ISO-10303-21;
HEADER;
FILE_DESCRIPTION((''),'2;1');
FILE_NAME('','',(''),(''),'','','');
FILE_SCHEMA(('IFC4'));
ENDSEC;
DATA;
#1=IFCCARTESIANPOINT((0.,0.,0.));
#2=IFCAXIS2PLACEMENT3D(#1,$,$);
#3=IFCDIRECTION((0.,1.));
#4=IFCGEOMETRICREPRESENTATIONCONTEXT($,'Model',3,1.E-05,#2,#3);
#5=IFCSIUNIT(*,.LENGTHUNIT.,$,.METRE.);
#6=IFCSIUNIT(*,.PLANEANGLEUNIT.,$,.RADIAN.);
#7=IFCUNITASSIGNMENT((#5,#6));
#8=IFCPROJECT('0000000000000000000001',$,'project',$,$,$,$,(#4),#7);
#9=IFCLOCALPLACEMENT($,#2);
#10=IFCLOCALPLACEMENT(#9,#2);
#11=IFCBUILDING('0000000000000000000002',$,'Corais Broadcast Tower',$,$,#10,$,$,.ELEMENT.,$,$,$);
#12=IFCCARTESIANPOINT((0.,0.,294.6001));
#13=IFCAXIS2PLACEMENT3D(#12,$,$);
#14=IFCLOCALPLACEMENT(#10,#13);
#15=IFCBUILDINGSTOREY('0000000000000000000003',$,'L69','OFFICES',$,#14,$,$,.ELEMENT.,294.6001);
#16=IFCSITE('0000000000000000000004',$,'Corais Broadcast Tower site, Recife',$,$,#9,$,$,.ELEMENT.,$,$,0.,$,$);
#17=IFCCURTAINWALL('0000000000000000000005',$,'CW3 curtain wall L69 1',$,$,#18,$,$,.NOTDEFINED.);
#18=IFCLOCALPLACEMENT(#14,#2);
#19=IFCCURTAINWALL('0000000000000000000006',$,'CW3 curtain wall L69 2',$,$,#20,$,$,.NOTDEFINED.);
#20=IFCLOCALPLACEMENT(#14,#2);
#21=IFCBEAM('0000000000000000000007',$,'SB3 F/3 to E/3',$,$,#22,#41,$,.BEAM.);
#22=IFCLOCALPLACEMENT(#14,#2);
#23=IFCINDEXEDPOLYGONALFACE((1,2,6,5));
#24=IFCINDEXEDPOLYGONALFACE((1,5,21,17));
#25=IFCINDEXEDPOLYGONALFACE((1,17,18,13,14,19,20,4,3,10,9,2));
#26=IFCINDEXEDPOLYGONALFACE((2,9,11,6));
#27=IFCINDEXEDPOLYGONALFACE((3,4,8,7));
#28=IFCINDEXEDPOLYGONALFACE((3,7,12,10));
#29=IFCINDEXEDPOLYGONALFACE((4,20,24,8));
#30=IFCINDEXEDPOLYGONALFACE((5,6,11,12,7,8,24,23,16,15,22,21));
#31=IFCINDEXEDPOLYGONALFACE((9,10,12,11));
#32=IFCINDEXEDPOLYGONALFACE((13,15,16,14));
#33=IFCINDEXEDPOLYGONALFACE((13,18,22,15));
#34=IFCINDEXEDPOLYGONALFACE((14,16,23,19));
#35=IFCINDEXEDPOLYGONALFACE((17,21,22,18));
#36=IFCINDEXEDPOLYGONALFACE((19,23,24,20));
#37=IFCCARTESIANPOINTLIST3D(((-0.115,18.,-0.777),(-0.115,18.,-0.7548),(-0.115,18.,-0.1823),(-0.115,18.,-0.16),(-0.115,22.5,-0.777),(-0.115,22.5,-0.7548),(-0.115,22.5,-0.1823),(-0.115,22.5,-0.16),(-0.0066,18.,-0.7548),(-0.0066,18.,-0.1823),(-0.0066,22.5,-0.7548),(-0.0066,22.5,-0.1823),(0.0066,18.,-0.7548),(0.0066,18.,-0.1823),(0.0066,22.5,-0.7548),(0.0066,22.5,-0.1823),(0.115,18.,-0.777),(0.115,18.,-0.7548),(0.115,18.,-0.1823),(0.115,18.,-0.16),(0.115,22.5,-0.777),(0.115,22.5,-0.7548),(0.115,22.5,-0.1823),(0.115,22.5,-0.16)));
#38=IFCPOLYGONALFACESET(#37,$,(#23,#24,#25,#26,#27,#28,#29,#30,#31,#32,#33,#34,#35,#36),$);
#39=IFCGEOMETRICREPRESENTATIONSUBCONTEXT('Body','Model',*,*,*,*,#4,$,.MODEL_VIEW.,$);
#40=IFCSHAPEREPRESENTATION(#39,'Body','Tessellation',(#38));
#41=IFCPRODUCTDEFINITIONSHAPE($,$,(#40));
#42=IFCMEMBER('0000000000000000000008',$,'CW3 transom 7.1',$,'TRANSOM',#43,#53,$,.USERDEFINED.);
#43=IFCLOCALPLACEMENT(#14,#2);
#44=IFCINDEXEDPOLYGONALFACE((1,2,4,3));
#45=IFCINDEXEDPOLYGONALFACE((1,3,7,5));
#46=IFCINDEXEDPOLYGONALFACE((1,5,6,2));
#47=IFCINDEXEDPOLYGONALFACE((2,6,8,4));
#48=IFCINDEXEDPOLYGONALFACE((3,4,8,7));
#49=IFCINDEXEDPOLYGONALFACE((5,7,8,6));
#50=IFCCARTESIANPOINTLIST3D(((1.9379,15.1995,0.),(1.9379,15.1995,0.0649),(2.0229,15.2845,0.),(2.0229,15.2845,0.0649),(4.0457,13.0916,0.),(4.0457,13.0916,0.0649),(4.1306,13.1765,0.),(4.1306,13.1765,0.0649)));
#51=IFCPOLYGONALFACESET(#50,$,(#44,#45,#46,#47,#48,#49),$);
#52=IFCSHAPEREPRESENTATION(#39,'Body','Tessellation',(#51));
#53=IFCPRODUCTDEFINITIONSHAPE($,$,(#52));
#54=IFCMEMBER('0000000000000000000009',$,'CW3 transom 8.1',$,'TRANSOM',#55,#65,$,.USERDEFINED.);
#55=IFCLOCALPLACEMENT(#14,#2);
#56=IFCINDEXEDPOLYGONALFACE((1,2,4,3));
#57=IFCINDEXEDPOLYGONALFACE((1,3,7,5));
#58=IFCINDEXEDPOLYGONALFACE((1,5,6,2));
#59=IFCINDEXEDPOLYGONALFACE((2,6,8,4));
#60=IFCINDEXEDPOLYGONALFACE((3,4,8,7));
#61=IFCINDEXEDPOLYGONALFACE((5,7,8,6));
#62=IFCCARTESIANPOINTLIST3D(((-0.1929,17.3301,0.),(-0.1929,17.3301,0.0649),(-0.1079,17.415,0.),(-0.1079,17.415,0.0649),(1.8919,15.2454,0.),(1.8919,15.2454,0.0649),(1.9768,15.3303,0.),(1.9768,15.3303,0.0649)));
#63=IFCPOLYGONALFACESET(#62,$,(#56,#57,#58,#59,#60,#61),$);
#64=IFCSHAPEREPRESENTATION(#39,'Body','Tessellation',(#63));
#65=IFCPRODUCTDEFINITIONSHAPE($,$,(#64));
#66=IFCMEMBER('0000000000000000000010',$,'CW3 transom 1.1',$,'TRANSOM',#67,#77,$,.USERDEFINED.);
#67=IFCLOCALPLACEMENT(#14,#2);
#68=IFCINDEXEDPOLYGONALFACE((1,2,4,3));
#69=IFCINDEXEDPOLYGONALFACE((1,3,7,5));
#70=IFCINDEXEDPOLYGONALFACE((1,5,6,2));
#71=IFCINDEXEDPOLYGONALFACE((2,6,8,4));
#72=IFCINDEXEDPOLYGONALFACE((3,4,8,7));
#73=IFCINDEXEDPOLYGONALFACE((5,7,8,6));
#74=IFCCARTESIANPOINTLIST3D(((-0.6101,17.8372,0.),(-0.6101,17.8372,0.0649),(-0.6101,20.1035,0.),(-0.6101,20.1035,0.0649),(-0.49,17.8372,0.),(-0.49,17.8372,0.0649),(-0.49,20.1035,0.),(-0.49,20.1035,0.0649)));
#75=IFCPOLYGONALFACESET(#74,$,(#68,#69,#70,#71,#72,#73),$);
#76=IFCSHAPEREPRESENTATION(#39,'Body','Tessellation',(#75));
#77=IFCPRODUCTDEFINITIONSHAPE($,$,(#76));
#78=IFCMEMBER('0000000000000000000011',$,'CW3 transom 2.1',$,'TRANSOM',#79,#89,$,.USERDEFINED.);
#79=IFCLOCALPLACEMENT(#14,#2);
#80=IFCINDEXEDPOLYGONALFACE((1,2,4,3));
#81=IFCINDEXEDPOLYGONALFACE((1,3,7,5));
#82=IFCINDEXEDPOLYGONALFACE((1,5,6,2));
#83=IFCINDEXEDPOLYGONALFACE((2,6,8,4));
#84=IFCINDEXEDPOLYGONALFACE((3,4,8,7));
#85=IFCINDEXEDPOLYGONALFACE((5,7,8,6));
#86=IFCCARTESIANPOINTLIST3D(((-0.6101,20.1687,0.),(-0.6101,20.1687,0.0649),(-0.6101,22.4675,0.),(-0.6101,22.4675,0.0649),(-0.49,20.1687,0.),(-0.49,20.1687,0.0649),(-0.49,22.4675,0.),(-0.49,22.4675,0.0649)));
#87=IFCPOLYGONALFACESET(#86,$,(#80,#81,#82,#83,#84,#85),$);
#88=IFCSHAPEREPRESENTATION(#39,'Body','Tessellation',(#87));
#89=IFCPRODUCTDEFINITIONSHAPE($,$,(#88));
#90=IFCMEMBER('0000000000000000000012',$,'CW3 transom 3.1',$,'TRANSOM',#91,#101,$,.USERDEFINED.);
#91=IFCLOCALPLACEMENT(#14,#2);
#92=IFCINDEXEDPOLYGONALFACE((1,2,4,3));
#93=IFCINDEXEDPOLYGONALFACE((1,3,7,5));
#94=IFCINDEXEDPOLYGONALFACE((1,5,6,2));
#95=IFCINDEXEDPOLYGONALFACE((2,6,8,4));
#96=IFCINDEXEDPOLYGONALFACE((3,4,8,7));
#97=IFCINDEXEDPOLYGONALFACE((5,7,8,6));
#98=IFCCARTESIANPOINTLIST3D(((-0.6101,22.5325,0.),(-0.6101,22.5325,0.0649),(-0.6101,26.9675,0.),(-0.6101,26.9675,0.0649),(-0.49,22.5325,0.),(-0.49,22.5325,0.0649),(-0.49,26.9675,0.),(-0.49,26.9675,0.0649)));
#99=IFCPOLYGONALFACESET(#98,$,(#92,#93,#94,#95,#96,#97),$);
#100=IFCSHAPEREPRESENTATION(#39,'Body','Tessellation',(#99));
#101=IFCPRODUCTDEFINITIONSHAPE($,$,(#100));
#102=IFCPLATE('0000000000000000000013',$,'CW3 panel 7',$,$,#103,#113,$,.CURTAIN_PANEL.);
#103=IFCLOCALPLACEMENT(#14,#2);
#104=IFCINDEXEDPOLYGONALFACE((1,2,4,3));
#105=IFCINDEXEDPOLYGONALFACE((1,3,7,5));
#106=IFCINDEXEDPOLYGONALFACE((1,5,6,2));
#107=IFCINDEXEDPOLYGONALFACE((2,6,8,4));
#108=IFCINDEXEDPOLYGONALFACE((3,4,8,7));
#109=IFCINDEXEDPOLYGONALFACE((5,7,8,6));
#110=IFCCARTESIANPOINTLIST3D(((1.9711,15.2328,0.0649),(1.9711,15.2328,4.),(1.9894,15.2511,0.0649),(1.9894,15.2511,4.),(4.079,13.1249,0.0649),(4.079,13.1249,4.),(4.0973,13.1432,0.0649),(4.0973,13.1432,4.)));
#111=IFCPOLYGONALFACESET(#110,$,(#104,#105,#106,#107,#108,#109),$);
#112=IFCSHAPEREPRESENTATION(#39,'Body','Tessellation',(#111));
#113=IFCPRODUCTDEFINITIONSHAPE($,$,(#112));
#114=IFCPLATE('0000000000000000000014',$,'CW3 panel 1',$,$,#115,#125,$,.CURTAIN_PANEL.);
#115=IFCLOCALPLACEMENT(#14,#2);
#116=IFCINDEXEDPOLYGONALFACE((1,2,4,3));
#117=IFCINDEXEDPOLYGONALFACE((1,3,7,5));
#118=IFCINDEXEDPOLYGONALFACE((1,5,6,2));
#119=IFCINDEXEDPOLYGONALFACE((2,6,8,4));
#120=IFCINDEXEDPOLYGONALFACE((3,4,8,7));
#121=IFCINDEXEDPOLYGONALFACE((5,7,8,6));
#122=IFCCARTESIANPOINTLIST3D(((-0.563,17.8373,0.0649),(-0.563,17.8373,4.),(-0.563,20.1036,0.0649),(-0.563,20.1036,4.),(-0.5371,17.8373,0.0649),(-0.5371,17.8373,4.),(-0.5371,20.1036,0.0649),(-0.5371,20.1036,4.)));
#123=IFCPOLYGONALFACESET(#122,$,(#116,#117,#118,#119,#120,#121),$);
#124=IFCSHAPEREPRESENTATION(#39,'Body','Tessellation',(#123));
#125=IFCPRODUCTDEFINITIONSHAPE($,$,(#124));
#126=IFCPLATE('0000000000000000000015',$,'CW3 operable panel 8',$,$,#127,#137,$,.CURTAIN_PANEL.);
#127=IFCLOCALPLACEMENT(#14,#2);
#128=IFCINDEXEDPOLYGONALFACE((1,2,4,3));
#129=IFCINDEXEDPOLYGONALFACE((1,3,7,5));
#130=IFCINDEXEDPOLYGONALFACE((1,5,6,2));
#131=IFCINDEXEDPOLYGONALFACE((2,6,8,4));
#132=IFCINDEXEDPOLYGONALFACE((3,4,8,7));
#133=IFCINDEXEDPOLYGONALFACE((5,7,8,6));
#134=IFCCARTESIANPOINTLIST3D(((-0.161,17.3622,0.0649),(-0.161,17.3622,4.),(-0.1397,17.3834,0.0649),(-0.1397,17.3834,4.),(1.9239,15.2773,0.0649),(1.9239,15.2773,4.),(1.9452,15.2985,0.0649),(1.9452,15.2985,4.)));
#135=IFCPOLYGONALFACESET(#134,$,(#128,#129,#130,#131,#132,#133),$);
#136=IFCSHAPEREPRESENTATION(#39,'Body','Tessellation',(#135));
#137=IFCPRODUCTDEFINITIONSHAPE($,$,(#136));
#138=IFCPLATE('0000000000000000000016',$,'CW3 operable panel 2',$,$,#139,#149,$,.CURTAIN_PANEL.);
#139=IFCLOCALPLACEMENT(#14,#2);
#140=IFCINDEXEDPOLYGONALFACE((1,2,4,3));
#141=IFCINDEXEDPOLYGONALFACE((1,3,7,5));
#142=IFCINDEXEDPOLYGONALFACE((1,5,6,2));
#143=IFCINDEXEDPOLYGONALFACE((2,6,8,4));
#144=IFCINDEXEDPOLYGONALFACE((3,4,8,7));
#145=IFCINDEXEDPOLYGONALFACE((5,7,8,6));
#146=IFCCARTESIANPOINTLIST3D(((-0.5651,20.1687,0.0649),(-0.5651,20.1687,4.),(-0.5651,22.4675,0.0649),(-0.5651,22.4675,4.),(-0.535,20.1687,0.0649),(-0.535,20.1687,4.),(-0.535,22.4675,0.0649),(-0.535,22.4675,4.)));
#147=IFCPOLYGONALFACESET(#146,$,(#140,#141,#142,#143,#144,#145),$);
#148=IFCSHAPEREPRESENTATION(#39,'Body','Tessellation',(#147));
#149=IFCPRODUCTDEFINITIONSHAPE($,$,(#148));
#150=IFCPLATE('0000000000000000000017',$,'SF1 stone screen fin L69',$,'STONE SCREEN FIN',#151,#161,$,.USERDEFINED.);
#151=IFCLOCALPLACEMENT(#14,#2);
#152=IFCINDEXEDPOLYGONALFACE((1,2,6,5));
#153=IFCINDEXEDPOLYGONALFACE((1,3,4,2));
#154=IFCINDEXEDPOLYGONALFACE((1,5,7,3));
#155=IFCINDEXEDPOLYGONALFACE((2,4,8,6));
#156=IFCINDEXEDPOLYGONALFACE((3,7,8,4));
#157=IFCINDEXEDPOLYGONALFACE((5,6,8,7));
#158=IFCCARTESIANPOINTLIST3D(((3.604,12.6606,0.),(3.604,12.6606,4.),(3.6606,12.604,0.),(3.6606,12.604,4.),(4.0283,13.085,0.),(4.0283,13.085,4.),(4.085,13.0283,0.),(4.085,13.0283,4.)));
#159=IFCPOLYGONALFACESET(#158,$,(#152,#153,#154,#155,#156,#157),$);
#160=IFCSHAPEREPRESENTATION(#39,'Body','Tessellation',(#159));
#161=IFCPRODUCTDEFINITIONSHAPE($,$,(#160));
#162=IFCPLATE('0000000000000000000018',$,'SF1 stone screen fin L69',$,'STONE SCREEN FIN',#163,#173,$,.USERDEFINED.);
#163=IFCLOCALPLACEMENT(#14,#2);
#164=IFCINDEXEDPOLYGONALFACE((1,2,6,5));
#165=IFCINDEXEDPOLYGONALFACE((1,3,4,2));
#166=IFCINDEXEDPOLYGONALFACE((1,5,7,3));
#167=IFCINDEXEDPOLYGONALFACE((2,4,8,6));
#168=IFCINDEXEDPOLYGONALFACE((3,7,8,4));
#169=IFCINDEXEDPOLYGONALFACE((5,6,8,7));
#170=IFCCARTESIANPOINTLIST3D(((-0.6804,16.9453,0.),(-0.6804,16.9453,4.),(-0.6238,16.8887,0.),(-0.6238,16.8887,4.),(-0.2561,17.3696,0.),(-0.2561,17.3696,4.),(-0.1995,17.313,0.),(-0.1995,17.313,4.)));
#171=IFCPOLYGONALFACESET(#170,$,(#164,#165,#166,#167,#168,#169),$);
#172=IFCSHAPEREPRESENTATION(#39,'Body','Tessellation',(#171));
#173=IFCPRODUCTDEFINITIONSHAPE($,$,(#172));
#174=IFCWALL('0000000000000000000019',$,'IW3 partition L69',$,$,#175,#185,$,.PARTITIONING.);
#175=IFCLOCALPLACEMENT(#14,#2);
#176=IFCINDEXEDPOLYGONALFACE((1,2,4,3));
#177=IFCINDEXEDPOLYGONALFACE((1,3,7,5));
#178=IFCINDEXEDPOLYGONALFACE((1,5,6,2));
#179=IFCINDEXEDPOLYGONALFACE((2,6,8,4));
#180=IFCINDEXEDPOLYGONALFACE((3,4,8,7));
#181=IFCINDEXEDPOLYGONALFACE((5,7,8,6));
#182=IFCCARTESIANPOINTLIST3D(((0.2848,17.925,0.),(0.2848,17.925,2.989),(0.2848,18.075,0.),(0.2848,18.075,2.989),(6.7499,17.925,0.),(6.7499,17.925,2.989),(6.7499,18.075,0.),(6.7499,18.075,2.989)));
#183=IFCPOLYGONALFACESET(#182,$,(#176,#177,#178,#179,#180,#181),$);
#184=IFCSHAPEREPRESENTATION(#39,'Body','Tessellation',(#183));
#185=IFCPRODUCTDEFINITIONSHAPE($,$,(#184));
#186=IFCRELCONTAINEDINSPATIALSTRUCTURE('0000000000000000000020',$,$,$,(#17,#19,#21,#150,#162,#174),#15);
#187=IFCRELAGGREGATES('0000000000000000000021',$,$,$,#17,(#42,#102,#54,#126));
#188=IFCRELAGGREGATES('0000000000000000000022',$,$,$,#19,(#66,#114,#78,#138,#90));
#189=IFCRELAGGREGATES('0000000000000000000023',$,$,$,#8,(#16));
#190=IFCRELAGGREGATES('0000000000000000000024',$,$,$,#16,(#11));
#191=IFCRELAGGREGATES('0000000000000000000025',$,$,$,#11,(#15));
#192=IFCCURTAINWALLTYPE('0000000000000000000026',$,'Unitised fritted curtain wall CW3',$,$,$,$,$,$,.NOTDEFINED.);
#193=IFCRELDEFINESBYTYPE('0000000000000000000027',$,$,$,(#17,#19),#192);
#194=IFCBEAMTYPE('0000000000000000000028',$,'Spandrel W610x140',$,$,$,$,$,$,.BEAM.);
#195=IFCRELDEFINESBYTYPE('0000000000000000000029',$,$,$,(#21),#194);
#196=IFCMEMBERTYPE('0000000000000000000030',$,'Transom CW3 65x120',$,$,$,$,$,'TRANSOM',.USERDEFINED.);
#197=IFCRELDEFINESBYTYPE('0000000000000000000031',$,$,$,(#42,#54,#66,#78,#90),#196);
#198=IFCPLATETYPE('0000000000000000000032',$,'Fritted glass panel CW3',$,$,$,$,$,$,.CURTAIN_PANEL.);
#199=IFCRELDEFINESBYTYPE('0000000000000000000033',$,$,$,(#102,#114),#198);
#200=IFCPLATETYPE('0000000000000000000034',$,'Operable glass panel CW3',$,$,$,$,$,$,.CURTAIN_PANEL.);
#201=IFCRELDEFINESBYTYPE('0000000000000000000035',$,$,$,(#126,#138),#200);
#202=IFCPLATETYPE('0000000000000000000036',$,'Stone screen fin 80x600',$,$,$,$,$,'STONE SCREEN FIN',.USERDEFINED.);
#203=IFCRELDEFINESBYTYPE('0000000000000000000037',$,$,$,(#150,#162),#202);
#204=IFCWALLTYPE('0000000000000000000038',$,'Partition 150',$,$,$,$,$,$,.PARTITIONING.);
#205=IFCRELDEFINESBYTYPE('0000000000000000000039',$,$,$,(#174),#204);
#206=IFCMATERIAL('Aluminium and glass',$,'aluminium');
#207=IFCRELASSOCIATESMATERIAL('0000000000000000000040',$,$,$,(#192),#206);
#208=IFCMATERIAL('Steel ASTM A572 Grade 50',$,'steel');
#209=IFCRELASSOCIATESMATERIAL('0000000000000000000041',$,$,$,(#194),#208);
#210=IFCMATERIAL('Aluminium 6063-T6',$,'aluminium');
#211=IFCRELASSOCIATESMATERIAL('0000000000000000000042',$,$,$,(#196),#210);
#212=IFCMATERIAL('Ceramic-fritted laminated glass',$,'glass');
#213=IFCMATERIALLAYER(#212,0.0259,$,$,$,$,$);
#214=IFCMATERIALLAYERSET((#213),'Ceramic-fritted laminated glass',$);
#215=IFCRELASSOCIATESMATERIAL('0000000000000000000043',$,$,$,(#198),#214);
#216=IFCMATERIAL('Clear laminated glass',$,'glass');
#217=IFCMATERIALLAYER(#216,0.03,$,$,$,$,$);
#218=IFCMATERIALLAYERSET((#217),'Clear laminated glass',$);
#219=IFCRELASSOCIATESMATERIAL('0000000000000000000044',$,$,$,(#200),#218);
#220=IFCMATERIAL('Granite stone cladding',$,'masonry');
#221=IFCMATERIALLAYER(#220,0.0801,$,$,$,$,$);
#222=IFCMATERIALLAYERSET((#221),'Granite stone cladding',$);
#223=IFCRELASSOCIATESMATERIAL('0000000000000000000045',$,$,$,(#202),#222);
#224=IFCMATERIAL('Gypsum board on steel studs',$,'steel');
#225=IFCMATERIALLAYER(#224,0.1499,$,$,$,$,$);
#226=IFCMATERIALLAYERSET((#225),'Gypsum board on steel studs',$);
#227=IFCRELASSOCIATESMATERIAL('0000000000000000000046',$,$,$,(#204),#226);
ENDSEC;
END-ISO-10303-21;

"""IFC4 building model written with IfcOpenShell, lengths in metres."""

from ifc_helpers import new_model, si_unit, direction, frame, frame_2d, origin, origin_2d, place, context, subcontext, project, spatial, rectangle, i_section, extrude, material, layer, layer_set, material_profile, profile_set, type_object, element, aggregate, save


model = new_model("IFC4")

# Units and contexts
model_context = context("Model", 3, precision=1e-05, world=origin(), true_north=direction((0.0, 1.0)))
body_context = subcontext(model_context, "Body", "Model", "MODEL_VIEW")
ifc_project = project(units=[si_unit("LENGTHUNIT", "METRE"), si_unit("PLANEANGLEUNIT", "RADIAN")], contexts=[model_context])

# Site, building, storey
site_placement = place(None, origin())
site = spatial("IfcSite", under=ifc_project, at=site_placement, Name="Corais Broadcast Tower site, Recife", CompositionType="ELEMENT", RefElevation=0.0)
building_placement = place(site_placement, origin())
building = spatial("IfcBuilding", under=site, at=building_placement, Name="Corais Broadcast Tower", CompositionType="ELEMENT")
storey_placement = place(building_placement, frame((0.0, 0.0, 294.6001)))
storey = spatial("IfcBuildingStorey", under=building, at=storey_placement, Name="L69", Description="OFFICES", CompositionType="ELEMENT", Elevation=294.6001)

# Curtain walls
ifc_material_1 = material(Name="Aluminium and glass", Category="aluminium")
curtain_wall_type = type_object("IfcCurtainWallType", Name="Unitised fritted curtain wall CW3", PredefinedType="NOTDEFINED", material=ifc_material_1)
curtain_wall_1_placement = place(storey_placement, origin())
curtain_wall_1 = element("IfcCurtainWall", 1, at=curtain_wall_1_placement, inside=storey, type_object=curtain_wall_type, Name="CW3 curtain wall L69 1", PredefinedType="NOTDEFINED")
curtain_wall_2_placement = place(storey_placement, origin())
curtain_wall_2 = element("IfcCurtainWall", 2, at=curtain_wall_2_placement, inside=storey, type_object=curtain_wall_type, Name="CW3 curtain wall L69 2", PredefinedType="NOTDEFINED")

# Beam
ifc_material_2 = material(Name="Steel ASTM A572 Grade 50", Category="steel")
ifc_material_profile_1 = material_profile(ifc_material_2, i_section(OverallWidth=0.23, OverallDepth=0.6169, WebThickness=0.0132, FlangeThickness=0.0222, at=origin_2d()), Name="W610x140")
ifc_profile_set_1 = profile_set([ifc_material_profile_1], Name="Steel ASTM A572 Grade 50")
beam_type_1 = type_object("IfcBeamType", Name="Spandrel W610x140", PredefinedType="BEAM", material=ifc_profile_set_1)
beam_1_placement = place(storey_placement, frame((0.0, 22.5, -0.4685), z_axis=(0.0, -1.0, 0.0), x_axis=(1.0, 0.0, 0.0)))
element("IfcBeam", 3, at=beam_1_placement, inside=storey, type_object=beam_type_1, Name="SB3 F/3 to E/3", PredefinedType="BEAM", context=body_context, shape_type="SweptSolid", body=[
    extrude(i_section(OverallWidth=0.23, OverallDepth=0.6169, WebThickness=0.0132, FlangeThickness=0.0222, at=origin_2d()), origin(), (0.0, 0.0, 1.0), 4.5),
])

# Members
ifc_material_3 = material(Name="Aluminium 6063-T6", Category="aluminium")
ifc_material_profile_2 = material_profile(ifc_material_3, rectangle(XDim=0.1201, YDim=0.0649, at=origin_2d()), Name="Transom CW3 65x120")
ifc_profile_set_2 = profile_set([ifc_material_profile_2], Name="Aluminium 6063-T6")
member_type_1 = type_object("IfcMemberType", Name="Transom CW3 65x120", ElementType="TRANSOM", PredefinedType="USERDEFINED", material=ifc_profile_set_2)
member_1_placement = place(storey_placement, frame((4.0881, 13.134, 0.0325), z_axis=(-0.707066, 0.707148, 0.0), x_axis=(-0.707148, -0.707066, 0.0)))
member_1 = element("IfcMember", 4, at=member_1_placement, type_object=member_type_1, Name="CW3 transom 7.1", ObjectType="TRANSOM", PredefinedType="USERDEFINED", context=body_context, shape_type="SweptSolid", body=[
    extrude(rectangle(XDim=0.1201, YDim=0.0649, at=origin_2d()), origin(), (0.0, 0.0, 1.0), 2.981),
])
member_2_placement = place(storey_placement, frame((1.9343, 15.2878, 0.0325), z_axis=(-0.707107, 0.707107, 0.0), x_axis=(-0.707107, -0.707107, 0.0)))
member_2 = element("IfcMember", 5, at=member_2_placement, type_object=member_type_1, Name="CW3 transom 8.1", ObjectType="TRANSOM", PredefinedType="USERDEFINED", context=body_context, shape_type="SweptSolid", body=[
    extrude(rectangle(XDim=0.1201, YDim=0.0649, at=origin_2d()), origin(), (0.0, 0.0, 1.0), 2.9482),
])
member_3_placement = place(storey_placement, frame((-0.55, 17.8372, 0.0325), z_axis=(0.0, 1.0, 0.0), x_axis=(-1.0, 0.0, 0.0)))
member_3 = element("IfcMember", 6, at=member_3_placement, type_object=member_type_1, Name="CW3 transom 1.1", ObjectType="TRANSOM", PredefinedType="USERDEFINED", context=body_context, shape_type="SweptSolid", body=[
    extrude(rectangle(XDim=0.1201, YDim=0.0649, at=origin_2d()), origin(), (0.0, 0.0, 1.0), 2.2664),
])
member_4_placement = place(storey_placement, frame((-0.55, 20.1687, 0.0325), z_axis=(0.0, 1.0, 0.0), x_axis=(-1.0, 0.0, 0.0)))
member_4 = element("IfcMember", 7, at=member_4_placement, type_object=member_type_1, Name="CW3 transom 2.1", ObjectType="TRANSOM", PredefinedType="USERDEFINED", context=body_context, shape_type="SweptSolid", body=[
    extrude(rectangle(XDim=0.1201, YDim=0.0649, at=origin_2d()), origin(), (0.0, 0.0, 1.0), 2.2988),
])
member_5_placement = place(storey_placement, frame((-0.55, 22.5325, 0.0325), z_axis=(0.0, 1.0, 0.0), x_axis=(-1.0, 0.0, 0.0)))
member_5 = element("IfcMember", 8, at=member_5_placement, type_object=member_type_1, Name="CW3 transom 3.1", ObjectType="TRANSOM", PredefinedType="USERDEFINED", context=body_context, shape_type="SweptSolid", body=[
    extrude(rectangle(XDim=0.1201, YDim=0.0649, at=origin_2d()), origin(), (0.0, 0.0, 1.0), 4.4351),
])

# Plates
ifc_material_4 = material(Name="Ceramic-fritted laminated glass", Category="glass")
ifc_layer_1 = layer(ifc_material_4, 0.0259)
ifc_layer_set_1 = layer_set([ifc_layer_1], Name="Ceramic-fritted laminated glass")
plate_type_1 = type_object("IfcPlateType", Name="Fritted glass panel CW3", PredefinedType="CURTAIN_PANEL", material=ifc_layer_set_1)
plate_1_placement = place(storey_placement, frame((3.0342, 14.188, 0.0649), z_axis=(0.0, 0.0, 1.0), x_axis=(-0.707107, 0.707107, 0.0)))
plate_1 = element("IfcPlate", 9, at=plate_1_placement, type_object=plate_type_1, Name="CW3 panel 7", PredefinedType="CURTAIN_PANEL", context=body_context, shape_type="SweptSolid", body=[
    extrude(rectangle(XDim=2.981, YDim=0.0259, at=origin_2d()), origin(), (0.0, 0.0, 1.0), 3.9351),
])
plate_2_placement = place(storey_placement, frame((-0.55, 18.9705, 0.0649), z_axis=(0.0, 0.0, 1.0), x_axis=(0.0, 1.0, 0.0)))
plate_2 = element("IfcPlate", 10, at=plate_2_placement, type_object=plate_type_1, Name="CW3 panel 1", PredefinedType="CURTAIN_PANEL", context=body_context, shape_type="SweptSolid", body=[
    extrude(rectangle(XDim=2.2664, YDim=0.0259, at=origin_2d()), origin(), (0.0, 0.0, 1.0), 3.9351),
])
ifc_material_5 = material(Name="Clear laminated glass", Category="glass")
ifc_layer_2 = layer(ifc_material_5, 0.03)
ifc_layer_set_2 = layer_set([ifc_layer_2], Name="Clear laminated glass")
plate_type_2 = type_object("IfcPlateType", Name="Operable glass panel CW3", PredefinedType="CURTAIN_PANEL", material=ifc_layer_set_2)
plate_3_placement = place(storey_placement, frame((0.8921, 16.3303, 0.0649), z_axis=(0.0, 0.0, 1.0), x_axis=(-0.707107, 0.707107, 0.0)))
plate_3 = element("IfcPlate", 11, at=plate_3_placement, type_object=plate_type_2, Name="CW3 operable panel 8", PredefinedType="CURTAIN_PANEL", context=body_context, shape_type="SweptSolid", body=[
    extrude(rectangle(XDim=2.9485, YDim=0.03, at=origin_2d()), origin(), (0.0, 0.0, 1.0), 3.9351),
])
aggregate(curtain_wall_1, [member_1, plate_1, member_2, plate_3])
plate_4_placement = place(storey_placement, frame((-0.55, 21.3181, 0.0649), z_axis=(0.0, 0.0, 1.0), x_axis=(0.0, 1.0, 0.0)))
plate_4 = element("IfcPlate", 12, at=plate_4_placement, type_object=plate_type_2, Name="CW3 operable panel 2", PredefinedType="CURTAIN_PANEL", context=body_context, shape_type="SweptSolid", body=[
    extrude(rectangle(XDim=2.2988, YDim=0.03, at=origin_2d()), origin(), (0.0, 0.0, 1.0), 3.9351),
])
aggregate(curtain_wall_2, [member_3, plate_2, member_4, plate_4, member_5])

# Plates
ifc_material_6 = material(Name="Granite stone cladding", Category="masonry")
ifc_layer_3 = layer(ifc_material_6, 0.0801)
ifc_layer_set_3 = layer_set([ifc_layer_3], Name="Granite stone cladding")
plate_type_3 = type_object("IfcPlateType", Name="Stone screen fin 80x600", ElementType="STONE SCREEN FIN", PredefinedType="USERDEFINED", material=ifc_layer_set_3)
for number, where, z_axis, x_axis, name in (
    (13, (3.8445, 12.8445, 0.0), (0.0, 0.0, 1.0), (-0.707107, 0.707107, 0.0), "SF1 stone screen fin L69"),
    (14, (-0.4399, 17.1292, 0.0), (0.0, 0.0, 1.0), (-0.707107, 0.707107, 0.0), "SF1 stone screen fin L69"),
):
    element("IfcPlate", number, at=place(storey_placement, frame(where, z_axis=z_axis, x_axis=x_axis)), inside=storey, type_object=plate_type_3, Name=name, ObjectType="STONE SCREEN FIN", PredefinedType="USERDEFINED", context=body_context, shape_type="SweptSolid", body=[
        extrude(rectangle(XDim=0.0801, YDim=0.6001, at=origin_2d()), origin(), (0.0, 0.0, 1.0), 4.0),
    ])

# Wall
ifc_material_7 = material(Name="Gypsum board on steel studs", Category="steel")
ifc_layer_4 = layer(ifc_material_7, 0.1499)
ifc_layer_set_4 = layer_set([ifc_layer_4], Name="Gypsum board on steel studs")
wall_type = type_object("IfcWallType", Name="Partition 150", PredefinedType="PARTITIONING", material=ifc_layer_set_4)
wall_placement = place(storey_placement, frame((0.2849, 18.0, 0.0), z_axis=(0.0, 0.0, 1.0), x_axis=(1.0, 0.0, 0.0)))
element("IfcWall", 15, at=wall_placement, inside=storey, type_object=wall_type, Name="IW3 partition L69", PredefinedType="PARTITIONING", context=body_context, shape_type="SweptSolid", body=[
    extrude(rectangle(XDim=6.4651, YDim=0.1499, at=frame_2d((3.2324, 0.0))), origin(), (0.0, 0.0, 1.0), 2.989),
])

save(model, "model.ifc")
